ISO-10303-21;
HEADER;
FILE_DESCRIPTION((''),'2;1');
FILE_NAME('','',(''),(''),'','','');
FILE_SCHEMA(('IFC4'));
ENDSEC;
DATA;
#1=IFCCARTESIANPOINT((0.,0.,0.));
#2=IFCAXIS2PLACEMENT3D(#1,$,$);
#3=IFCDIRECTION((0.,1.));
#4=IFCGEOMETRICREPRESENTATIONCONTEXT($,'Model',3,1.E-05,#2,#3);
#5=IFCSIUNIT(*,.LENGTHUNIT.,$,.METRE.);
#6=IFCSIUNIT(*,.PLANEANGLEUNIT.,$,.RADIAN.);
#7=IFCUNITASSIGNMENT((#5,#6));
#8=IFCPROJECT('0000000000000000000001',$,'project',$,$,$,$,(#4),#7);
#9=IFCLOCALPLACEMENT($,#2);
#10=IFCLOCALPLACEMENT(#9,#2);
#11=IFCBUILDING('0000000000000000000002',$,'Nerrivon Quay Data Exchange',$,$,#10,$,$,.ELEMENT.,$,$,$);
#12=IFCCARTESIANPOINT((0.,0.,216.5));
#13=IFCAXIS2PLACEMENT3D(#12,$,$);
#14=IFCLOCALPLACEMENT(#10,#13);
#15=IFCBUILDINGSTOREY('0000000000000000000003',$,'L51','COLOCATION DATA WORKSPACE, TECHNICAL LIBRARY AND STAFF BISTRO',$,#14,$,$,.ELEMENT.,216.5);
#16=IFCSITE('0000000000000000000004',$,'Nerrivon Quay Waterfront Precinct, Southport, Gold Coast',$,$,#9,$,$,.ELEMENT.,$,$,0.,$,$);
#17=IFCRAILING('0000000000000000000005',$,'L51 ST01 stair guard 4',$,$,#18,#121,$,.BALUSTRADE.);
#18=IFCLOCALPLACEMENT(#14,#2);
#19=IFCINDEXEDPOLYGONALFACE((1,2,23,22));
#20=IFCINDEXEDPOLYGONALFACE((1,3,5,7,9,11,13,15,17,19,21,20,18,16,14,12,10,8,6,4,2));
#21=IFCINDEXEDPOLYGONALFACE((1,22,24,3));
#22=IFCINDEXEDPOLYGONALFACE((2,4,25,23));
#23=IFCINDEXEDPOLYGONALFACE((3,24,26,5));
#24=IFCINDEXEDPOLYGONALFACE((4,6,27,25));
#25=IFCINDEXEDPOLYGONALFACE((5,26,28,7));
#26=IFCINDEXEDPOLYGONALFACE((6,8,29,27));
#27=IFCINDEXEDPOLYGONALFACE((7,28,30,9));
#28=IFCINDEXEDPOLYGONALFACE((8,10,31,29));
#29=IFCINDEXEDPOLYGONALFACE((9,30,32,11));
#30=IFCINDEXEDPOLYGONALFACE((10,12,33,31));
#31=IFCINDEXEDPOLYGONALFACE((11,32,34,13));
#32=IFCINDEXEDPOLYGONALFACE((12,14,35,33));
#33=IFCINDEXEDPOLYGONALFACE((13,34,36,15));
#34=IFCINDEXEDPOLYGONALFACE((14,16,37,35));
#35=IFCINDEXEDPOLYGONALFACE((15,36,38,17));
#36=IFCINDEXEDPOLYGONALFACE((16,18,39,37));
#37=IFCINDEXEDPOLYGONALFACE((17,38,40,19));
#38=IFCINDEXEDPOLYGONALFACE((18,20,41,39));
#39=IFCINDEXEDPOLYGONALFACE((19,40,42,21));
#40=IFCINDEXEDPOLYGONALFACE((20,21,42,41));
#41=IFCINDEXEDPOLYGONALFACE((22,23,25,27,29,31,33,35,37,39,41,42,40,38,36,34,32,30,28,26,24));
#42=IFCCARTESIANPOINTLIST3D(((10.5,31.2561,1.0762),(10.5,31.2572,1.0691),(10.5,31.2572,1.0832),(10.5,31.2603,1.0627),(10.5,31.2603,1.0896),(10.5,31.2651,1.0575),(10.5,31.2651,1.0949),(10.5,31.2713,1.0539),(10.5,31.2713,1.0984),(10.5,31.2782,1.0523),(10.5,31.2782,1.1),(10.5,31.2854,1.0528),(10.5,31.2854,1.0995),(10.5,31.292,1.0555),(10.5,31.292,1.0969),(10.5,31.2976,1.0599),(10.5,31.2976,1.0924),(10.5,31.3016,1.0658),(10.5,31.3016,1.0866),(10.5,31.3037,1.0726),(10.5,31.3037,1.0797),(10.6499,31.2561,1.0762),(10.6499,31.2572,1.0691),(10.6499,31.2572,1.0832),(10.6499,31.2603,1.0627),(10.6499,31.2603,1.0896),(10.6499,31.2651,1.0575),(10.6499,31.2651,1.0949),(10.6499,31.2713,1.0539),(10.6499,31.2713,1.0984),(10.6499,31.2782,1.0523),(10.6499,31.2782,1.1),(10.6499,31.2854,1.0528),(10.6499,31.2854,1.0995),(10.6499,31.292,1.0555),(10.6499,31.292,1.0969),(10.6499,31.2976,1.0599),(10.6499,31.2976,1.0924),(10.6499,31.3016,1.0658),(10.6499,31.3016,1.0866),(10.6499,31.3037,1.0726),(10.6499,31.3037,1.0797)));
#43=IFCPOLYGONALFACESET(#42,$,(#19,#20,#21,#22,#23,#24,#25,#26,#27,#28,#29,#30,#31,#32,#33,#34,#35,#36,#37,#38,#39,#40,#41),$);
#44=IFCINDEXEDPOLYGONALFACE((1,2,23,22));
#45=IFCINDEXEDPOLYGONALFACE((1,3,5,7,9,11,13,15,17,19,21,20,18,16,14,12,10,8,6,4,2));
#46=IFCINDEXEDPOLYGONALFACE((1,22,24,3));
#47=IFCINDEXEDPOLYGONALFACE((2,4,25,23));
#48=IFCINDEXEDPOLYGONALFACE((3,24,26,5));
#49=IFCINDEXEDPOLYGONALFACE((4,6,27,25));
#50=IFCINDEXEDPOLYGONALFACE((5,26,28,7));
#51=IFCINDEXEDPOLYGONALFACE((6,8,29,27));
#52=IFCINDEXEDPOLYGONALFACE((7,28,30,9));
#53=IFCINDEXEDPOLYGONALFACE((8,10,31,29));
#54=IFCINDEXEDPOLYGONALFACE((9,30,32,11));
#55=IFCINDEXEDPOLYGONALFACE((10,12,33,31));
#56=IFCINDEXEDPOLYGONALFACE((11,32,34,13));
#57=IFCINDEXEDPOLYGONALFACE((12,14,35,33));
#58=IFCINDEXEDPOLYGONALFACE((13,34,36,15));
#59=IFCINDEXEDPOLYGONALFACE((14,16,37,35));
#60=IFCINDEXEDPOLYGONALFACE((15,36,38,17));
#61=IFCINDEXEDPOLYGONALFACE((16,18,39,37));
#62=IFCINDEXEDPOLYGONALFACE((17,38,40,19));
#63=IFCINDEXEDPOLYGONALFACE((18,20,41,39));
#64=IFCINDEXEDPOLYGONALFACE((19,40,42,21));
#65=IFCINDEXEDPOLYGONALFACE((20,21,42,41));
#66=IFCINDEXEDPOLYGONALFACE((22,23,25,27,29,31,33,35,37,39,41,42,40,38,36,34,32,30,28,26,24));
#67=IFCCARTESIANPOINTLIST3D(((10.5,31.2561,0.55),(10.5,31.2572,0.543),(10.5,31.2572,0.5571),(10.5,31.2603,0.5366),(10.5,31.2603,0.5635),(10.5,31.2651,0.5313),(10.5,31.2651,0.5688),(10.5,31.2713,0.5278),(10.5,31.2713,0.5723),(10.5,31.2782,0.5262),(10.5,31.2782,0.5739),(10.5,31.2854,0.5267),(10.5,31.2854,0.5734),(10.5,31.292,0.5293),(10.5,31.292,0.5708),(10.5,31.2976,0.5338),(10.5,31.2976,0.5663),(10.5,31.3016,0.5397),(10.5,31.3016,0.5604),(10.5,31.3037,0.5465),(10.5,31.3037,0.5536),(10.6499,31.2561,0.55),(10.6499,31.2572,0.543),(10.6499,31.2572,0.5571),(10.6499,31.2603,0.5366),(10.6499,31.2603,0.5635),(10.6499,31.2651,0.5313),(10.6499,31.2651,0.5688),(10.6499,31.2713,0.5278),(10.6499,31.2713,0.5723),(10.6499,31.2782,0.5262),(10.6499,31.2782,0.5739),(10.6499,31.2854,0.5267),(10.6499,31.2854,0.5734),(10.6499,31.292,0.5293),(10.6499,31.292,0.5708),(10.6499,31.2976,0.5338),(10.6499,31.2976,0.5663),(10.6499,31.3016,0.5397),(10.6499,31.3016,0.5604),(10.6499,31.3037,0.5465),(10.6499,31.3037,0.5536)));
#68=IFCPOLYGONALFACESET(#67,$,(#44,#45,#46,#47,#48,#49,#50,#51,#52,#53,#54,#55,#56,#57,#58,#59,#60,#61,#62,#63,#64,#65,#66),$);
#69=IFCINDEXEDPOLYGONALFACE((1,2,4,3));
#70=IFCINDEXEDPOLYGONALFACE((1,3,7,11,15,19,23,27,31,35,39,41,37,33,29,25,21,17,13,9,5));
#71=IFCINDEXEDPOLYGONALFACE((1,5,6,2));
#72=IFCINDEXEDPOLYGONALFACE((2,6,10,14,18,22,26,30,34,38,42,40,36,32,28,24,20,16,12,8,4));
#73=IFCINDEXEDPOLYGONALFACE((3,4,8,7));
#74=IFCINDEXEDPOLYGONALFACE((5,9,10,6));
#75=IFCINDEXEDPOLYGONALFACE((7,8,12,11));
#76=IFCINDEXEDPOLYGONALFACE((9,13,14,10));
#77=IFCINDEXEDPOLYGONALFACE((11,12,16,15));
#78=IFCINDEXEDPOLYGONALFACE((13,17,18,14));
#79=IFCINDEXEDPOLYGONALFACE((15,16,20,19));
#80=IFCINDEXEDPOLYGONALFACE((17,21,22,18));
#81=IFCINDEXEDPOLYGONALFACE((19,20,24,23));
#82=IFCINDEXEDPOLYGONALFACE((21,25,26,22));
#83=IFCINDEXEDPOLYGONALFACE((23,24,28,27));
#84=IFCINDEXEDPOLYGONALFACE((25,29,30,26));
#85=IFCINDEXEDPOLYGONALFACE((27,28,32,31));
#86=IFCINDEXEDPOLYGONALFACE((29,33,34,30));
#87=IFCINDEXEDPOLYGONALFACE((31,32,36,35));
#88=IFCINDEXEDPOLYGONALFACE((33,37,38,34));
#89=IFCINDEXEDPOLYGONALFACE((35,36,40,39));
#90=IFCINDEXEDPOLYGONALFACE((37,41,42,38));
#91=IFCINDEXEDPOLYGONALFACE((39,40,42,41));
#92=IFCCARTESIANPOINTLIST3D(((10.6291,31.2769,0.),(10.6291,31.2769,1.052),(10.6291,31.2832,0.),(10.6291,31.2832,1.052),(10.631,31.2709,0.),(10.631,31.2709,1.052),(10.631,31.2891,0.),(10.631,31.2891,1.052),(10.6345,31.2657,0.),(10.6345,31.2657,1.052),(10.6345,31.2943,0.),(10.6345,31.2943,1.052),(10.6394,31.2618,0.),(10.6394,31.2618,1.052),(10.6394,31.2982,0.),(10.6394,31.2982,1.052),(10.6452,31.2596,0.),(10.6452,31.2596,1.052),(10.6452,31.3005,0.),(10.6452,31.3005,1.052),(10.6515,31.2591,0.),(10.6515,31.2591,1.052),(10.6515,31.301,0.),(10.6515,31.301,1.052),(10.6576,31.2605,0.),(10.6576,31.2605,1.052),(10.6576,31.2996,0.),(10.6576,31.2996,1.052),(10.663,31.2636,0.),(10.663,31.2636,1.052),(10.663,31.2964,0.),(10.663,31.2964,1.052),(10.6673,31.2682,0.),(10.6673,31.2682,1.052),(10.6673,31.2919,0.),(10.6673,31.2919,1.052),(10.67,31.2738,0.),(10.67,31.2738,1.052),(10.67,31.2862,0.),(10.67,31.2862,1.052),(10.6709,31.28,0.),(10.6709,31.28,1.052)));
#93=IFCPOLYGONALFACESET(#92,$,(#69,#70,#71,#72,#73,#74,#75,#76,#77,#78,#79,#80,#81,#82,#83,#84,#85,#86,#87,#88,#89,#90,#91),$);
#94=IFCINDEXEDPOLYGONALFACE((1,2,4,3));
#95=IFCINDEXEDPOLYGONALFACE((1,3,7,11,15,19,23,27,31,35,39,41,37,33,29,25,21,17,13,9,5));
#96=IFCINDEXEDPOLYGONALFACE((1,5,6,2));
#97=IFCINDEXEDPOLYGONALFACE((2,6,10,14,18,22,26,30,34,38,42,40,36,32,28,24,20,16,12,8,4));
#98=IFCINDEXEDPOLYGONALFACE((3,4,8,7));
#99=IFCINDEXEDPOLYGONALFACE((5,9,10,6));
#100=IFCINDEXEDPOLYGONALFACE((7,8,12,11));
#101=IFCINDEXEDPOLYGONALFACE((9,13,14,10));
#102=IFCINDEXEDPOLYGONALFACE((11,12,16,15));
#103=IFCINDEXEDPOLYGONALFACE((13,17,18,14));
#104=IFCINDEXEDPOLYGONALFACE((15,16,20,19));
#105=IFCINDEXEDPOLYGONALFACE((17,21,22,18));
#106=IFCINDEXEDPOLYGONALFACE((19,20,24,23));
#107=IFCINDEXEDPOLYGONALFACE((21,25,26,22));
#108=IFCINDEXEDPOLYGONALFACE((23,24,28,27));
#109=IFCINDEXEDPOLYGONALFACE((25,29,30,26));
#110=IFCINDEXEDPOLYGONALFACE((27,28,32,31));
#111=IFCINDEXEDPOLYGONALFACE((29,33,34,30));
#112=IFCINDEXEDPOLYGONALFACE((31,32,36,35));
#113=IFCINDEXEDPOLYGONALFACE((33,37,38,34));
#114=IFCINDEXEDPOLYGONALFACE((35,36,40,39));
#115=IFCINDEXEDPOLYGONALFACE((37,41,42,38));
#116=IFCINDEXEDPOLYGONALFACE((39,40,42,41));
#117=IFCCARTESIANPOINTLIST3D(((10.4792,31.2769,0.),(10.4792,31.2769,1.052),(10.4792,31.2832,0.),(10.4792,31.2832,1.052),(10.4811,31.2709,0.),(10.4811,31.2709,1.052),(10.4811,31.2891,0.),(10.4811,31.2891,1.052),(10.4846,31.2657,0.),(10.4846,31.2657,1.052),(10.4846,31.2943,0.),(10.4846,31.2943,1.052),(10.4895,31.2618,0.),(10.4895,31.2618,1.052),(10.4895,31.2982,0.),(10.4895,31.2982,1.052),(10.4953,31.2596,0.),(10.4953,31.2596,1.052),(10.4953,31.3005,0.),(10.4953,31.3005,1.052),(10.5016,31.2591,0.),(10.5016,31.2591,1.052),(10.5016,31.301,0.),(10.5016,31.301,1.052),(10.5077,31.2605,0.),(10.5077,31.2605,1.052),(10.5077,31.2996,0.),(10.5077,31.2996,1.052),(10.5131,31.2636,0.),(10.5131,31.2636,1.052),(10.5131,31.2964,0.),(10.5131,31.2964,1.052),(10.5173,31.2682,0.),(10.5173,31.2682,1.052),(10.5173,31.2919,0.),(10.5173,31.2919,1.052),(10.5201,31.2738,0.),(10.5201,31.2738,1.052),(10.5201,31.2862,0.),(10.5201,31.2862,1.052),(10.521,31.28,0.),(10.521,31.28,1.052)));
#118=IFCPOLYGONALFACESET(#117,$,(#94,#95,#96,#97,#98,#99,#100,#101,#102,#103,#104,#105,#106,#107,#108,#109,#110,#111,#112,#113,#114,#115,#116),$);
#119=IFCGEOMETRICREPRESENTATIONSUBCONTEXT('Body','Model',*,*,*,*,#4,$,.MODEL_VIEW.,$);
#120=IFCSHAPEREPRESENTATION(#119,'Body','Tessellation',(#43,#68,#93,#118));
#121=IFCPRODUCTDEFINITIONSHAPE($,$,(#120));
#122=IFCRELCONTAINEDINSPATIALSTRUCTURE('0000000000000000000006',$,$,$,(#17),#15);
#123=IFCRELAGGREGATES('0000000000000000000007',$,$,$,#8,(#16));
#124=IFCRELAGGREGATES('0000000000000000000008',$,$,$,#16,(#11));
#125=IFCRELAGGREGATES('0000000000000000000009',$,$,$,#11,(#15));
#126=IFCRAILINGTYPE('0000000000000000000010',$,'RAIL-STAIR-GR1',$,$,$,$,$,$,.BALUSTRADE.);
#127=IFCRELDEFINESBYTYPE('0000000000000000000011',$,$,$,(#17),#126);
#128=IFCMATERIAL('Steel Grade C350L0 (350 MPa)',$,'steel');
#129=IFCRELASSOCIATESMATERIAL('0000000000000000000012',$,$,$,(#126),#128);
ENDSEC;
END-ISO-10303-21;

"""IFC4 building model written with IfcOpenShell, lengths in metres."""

from ifc_helpers import new_model, si_unit, direction, frame, origin, origin_2d, place, context, subcontext, project, spatial, circle, extrude, material, type_object, element, save


model = new_model("IFC4")

# Units and contexts
model_context = context("Model", 3, precision=1e-05, world=origin(), true_north=direction((0.0, 1.0)))
body_context = subcontext(model_context, "Body", "Model", "MODEL_VIEW")
ifc_project = project(units=[si_unit("LENGTHUNIT", "METRE"), si_unit("PLANEANGLEUNIT", "RADIAN")], contexts=[model_context])

# Site, building, storey
site_placement = place(None, origin())
site = spatial("IfcSite", under=ifc_project, at=site_placement, Name="Nerrivon Quay Waterfront Precinct, Southport, Gold Coast", CompositionType="ELEMENT", RefElevation=0.0)
building_placement = place(site_placement, origin())
building = spatial("IfcBuilding", under=site, at=building_placement, Name="Nerrivon Quay Data Exchange", CompositionType="ELEMENT")
storey_placement = place(building_placement, frame((0.0, 0.0, 216.5)))
storey = spatial("IfcBuildingStorey", under=building, at=storey_placement, Name="L51", Description="COLOCATION DATA WORKSPACE, TECHNICAL LIBRARY AND STAFF BISTRO", CompositionType="ELEMENT", Elevation=216.5)

# Railing
ifc_material_1 = material(Name="Steel Grade C350L0 (350 MPa)", Category="steel")
railing_type_1 = type_object("IfcRailingType", Name="RAIL-STAIR-GR1", PredefinedType="BALUSTRADE", material=ifc_material_1)
railing_1_placement = place(storey_placement, frame((10.6499, 31.28, 0.0)))
element("IfcRailing", 1, at=railing_1_placement, inside=storey, type_object=railing_type_1, Name="L51 ST01 stair guard 4", PredefinedType="BALUSTRADE", context=body_context, shape_type="SweptSolid", body=[
    extrude(circle(Radius=0.0239, at=origin_2d()), frame((0.0, 0.0, 1.0762), z_axis=(-1.0, 0.0, 0.0), x_axis=(0.0, -1.0, 0.0)), (0.0, 0.0, 1.0), 0.1499),
    extrude(circle(Radius=0.0239, at=origin_2d()), frame((0.0, 0.0, 0.55), z_axis=(-1.0, 0.0, 0.0), x_axis=(0.0, -1.0, 0.0)), (0.0, 0.0, 1.0), 0.1499),
    extrude(circle(Radius=0.021, at=origin_2d()), origin(), (0.0, 0.0, 1.0), 1.052),
    extrude(circle(Radius=0.021, at=origin_2d()), frame((-0.1499, 0.0, 0.0)), (0.0, 0.0, 1.0), 1.052),
])

save(model, "model.ifc")
